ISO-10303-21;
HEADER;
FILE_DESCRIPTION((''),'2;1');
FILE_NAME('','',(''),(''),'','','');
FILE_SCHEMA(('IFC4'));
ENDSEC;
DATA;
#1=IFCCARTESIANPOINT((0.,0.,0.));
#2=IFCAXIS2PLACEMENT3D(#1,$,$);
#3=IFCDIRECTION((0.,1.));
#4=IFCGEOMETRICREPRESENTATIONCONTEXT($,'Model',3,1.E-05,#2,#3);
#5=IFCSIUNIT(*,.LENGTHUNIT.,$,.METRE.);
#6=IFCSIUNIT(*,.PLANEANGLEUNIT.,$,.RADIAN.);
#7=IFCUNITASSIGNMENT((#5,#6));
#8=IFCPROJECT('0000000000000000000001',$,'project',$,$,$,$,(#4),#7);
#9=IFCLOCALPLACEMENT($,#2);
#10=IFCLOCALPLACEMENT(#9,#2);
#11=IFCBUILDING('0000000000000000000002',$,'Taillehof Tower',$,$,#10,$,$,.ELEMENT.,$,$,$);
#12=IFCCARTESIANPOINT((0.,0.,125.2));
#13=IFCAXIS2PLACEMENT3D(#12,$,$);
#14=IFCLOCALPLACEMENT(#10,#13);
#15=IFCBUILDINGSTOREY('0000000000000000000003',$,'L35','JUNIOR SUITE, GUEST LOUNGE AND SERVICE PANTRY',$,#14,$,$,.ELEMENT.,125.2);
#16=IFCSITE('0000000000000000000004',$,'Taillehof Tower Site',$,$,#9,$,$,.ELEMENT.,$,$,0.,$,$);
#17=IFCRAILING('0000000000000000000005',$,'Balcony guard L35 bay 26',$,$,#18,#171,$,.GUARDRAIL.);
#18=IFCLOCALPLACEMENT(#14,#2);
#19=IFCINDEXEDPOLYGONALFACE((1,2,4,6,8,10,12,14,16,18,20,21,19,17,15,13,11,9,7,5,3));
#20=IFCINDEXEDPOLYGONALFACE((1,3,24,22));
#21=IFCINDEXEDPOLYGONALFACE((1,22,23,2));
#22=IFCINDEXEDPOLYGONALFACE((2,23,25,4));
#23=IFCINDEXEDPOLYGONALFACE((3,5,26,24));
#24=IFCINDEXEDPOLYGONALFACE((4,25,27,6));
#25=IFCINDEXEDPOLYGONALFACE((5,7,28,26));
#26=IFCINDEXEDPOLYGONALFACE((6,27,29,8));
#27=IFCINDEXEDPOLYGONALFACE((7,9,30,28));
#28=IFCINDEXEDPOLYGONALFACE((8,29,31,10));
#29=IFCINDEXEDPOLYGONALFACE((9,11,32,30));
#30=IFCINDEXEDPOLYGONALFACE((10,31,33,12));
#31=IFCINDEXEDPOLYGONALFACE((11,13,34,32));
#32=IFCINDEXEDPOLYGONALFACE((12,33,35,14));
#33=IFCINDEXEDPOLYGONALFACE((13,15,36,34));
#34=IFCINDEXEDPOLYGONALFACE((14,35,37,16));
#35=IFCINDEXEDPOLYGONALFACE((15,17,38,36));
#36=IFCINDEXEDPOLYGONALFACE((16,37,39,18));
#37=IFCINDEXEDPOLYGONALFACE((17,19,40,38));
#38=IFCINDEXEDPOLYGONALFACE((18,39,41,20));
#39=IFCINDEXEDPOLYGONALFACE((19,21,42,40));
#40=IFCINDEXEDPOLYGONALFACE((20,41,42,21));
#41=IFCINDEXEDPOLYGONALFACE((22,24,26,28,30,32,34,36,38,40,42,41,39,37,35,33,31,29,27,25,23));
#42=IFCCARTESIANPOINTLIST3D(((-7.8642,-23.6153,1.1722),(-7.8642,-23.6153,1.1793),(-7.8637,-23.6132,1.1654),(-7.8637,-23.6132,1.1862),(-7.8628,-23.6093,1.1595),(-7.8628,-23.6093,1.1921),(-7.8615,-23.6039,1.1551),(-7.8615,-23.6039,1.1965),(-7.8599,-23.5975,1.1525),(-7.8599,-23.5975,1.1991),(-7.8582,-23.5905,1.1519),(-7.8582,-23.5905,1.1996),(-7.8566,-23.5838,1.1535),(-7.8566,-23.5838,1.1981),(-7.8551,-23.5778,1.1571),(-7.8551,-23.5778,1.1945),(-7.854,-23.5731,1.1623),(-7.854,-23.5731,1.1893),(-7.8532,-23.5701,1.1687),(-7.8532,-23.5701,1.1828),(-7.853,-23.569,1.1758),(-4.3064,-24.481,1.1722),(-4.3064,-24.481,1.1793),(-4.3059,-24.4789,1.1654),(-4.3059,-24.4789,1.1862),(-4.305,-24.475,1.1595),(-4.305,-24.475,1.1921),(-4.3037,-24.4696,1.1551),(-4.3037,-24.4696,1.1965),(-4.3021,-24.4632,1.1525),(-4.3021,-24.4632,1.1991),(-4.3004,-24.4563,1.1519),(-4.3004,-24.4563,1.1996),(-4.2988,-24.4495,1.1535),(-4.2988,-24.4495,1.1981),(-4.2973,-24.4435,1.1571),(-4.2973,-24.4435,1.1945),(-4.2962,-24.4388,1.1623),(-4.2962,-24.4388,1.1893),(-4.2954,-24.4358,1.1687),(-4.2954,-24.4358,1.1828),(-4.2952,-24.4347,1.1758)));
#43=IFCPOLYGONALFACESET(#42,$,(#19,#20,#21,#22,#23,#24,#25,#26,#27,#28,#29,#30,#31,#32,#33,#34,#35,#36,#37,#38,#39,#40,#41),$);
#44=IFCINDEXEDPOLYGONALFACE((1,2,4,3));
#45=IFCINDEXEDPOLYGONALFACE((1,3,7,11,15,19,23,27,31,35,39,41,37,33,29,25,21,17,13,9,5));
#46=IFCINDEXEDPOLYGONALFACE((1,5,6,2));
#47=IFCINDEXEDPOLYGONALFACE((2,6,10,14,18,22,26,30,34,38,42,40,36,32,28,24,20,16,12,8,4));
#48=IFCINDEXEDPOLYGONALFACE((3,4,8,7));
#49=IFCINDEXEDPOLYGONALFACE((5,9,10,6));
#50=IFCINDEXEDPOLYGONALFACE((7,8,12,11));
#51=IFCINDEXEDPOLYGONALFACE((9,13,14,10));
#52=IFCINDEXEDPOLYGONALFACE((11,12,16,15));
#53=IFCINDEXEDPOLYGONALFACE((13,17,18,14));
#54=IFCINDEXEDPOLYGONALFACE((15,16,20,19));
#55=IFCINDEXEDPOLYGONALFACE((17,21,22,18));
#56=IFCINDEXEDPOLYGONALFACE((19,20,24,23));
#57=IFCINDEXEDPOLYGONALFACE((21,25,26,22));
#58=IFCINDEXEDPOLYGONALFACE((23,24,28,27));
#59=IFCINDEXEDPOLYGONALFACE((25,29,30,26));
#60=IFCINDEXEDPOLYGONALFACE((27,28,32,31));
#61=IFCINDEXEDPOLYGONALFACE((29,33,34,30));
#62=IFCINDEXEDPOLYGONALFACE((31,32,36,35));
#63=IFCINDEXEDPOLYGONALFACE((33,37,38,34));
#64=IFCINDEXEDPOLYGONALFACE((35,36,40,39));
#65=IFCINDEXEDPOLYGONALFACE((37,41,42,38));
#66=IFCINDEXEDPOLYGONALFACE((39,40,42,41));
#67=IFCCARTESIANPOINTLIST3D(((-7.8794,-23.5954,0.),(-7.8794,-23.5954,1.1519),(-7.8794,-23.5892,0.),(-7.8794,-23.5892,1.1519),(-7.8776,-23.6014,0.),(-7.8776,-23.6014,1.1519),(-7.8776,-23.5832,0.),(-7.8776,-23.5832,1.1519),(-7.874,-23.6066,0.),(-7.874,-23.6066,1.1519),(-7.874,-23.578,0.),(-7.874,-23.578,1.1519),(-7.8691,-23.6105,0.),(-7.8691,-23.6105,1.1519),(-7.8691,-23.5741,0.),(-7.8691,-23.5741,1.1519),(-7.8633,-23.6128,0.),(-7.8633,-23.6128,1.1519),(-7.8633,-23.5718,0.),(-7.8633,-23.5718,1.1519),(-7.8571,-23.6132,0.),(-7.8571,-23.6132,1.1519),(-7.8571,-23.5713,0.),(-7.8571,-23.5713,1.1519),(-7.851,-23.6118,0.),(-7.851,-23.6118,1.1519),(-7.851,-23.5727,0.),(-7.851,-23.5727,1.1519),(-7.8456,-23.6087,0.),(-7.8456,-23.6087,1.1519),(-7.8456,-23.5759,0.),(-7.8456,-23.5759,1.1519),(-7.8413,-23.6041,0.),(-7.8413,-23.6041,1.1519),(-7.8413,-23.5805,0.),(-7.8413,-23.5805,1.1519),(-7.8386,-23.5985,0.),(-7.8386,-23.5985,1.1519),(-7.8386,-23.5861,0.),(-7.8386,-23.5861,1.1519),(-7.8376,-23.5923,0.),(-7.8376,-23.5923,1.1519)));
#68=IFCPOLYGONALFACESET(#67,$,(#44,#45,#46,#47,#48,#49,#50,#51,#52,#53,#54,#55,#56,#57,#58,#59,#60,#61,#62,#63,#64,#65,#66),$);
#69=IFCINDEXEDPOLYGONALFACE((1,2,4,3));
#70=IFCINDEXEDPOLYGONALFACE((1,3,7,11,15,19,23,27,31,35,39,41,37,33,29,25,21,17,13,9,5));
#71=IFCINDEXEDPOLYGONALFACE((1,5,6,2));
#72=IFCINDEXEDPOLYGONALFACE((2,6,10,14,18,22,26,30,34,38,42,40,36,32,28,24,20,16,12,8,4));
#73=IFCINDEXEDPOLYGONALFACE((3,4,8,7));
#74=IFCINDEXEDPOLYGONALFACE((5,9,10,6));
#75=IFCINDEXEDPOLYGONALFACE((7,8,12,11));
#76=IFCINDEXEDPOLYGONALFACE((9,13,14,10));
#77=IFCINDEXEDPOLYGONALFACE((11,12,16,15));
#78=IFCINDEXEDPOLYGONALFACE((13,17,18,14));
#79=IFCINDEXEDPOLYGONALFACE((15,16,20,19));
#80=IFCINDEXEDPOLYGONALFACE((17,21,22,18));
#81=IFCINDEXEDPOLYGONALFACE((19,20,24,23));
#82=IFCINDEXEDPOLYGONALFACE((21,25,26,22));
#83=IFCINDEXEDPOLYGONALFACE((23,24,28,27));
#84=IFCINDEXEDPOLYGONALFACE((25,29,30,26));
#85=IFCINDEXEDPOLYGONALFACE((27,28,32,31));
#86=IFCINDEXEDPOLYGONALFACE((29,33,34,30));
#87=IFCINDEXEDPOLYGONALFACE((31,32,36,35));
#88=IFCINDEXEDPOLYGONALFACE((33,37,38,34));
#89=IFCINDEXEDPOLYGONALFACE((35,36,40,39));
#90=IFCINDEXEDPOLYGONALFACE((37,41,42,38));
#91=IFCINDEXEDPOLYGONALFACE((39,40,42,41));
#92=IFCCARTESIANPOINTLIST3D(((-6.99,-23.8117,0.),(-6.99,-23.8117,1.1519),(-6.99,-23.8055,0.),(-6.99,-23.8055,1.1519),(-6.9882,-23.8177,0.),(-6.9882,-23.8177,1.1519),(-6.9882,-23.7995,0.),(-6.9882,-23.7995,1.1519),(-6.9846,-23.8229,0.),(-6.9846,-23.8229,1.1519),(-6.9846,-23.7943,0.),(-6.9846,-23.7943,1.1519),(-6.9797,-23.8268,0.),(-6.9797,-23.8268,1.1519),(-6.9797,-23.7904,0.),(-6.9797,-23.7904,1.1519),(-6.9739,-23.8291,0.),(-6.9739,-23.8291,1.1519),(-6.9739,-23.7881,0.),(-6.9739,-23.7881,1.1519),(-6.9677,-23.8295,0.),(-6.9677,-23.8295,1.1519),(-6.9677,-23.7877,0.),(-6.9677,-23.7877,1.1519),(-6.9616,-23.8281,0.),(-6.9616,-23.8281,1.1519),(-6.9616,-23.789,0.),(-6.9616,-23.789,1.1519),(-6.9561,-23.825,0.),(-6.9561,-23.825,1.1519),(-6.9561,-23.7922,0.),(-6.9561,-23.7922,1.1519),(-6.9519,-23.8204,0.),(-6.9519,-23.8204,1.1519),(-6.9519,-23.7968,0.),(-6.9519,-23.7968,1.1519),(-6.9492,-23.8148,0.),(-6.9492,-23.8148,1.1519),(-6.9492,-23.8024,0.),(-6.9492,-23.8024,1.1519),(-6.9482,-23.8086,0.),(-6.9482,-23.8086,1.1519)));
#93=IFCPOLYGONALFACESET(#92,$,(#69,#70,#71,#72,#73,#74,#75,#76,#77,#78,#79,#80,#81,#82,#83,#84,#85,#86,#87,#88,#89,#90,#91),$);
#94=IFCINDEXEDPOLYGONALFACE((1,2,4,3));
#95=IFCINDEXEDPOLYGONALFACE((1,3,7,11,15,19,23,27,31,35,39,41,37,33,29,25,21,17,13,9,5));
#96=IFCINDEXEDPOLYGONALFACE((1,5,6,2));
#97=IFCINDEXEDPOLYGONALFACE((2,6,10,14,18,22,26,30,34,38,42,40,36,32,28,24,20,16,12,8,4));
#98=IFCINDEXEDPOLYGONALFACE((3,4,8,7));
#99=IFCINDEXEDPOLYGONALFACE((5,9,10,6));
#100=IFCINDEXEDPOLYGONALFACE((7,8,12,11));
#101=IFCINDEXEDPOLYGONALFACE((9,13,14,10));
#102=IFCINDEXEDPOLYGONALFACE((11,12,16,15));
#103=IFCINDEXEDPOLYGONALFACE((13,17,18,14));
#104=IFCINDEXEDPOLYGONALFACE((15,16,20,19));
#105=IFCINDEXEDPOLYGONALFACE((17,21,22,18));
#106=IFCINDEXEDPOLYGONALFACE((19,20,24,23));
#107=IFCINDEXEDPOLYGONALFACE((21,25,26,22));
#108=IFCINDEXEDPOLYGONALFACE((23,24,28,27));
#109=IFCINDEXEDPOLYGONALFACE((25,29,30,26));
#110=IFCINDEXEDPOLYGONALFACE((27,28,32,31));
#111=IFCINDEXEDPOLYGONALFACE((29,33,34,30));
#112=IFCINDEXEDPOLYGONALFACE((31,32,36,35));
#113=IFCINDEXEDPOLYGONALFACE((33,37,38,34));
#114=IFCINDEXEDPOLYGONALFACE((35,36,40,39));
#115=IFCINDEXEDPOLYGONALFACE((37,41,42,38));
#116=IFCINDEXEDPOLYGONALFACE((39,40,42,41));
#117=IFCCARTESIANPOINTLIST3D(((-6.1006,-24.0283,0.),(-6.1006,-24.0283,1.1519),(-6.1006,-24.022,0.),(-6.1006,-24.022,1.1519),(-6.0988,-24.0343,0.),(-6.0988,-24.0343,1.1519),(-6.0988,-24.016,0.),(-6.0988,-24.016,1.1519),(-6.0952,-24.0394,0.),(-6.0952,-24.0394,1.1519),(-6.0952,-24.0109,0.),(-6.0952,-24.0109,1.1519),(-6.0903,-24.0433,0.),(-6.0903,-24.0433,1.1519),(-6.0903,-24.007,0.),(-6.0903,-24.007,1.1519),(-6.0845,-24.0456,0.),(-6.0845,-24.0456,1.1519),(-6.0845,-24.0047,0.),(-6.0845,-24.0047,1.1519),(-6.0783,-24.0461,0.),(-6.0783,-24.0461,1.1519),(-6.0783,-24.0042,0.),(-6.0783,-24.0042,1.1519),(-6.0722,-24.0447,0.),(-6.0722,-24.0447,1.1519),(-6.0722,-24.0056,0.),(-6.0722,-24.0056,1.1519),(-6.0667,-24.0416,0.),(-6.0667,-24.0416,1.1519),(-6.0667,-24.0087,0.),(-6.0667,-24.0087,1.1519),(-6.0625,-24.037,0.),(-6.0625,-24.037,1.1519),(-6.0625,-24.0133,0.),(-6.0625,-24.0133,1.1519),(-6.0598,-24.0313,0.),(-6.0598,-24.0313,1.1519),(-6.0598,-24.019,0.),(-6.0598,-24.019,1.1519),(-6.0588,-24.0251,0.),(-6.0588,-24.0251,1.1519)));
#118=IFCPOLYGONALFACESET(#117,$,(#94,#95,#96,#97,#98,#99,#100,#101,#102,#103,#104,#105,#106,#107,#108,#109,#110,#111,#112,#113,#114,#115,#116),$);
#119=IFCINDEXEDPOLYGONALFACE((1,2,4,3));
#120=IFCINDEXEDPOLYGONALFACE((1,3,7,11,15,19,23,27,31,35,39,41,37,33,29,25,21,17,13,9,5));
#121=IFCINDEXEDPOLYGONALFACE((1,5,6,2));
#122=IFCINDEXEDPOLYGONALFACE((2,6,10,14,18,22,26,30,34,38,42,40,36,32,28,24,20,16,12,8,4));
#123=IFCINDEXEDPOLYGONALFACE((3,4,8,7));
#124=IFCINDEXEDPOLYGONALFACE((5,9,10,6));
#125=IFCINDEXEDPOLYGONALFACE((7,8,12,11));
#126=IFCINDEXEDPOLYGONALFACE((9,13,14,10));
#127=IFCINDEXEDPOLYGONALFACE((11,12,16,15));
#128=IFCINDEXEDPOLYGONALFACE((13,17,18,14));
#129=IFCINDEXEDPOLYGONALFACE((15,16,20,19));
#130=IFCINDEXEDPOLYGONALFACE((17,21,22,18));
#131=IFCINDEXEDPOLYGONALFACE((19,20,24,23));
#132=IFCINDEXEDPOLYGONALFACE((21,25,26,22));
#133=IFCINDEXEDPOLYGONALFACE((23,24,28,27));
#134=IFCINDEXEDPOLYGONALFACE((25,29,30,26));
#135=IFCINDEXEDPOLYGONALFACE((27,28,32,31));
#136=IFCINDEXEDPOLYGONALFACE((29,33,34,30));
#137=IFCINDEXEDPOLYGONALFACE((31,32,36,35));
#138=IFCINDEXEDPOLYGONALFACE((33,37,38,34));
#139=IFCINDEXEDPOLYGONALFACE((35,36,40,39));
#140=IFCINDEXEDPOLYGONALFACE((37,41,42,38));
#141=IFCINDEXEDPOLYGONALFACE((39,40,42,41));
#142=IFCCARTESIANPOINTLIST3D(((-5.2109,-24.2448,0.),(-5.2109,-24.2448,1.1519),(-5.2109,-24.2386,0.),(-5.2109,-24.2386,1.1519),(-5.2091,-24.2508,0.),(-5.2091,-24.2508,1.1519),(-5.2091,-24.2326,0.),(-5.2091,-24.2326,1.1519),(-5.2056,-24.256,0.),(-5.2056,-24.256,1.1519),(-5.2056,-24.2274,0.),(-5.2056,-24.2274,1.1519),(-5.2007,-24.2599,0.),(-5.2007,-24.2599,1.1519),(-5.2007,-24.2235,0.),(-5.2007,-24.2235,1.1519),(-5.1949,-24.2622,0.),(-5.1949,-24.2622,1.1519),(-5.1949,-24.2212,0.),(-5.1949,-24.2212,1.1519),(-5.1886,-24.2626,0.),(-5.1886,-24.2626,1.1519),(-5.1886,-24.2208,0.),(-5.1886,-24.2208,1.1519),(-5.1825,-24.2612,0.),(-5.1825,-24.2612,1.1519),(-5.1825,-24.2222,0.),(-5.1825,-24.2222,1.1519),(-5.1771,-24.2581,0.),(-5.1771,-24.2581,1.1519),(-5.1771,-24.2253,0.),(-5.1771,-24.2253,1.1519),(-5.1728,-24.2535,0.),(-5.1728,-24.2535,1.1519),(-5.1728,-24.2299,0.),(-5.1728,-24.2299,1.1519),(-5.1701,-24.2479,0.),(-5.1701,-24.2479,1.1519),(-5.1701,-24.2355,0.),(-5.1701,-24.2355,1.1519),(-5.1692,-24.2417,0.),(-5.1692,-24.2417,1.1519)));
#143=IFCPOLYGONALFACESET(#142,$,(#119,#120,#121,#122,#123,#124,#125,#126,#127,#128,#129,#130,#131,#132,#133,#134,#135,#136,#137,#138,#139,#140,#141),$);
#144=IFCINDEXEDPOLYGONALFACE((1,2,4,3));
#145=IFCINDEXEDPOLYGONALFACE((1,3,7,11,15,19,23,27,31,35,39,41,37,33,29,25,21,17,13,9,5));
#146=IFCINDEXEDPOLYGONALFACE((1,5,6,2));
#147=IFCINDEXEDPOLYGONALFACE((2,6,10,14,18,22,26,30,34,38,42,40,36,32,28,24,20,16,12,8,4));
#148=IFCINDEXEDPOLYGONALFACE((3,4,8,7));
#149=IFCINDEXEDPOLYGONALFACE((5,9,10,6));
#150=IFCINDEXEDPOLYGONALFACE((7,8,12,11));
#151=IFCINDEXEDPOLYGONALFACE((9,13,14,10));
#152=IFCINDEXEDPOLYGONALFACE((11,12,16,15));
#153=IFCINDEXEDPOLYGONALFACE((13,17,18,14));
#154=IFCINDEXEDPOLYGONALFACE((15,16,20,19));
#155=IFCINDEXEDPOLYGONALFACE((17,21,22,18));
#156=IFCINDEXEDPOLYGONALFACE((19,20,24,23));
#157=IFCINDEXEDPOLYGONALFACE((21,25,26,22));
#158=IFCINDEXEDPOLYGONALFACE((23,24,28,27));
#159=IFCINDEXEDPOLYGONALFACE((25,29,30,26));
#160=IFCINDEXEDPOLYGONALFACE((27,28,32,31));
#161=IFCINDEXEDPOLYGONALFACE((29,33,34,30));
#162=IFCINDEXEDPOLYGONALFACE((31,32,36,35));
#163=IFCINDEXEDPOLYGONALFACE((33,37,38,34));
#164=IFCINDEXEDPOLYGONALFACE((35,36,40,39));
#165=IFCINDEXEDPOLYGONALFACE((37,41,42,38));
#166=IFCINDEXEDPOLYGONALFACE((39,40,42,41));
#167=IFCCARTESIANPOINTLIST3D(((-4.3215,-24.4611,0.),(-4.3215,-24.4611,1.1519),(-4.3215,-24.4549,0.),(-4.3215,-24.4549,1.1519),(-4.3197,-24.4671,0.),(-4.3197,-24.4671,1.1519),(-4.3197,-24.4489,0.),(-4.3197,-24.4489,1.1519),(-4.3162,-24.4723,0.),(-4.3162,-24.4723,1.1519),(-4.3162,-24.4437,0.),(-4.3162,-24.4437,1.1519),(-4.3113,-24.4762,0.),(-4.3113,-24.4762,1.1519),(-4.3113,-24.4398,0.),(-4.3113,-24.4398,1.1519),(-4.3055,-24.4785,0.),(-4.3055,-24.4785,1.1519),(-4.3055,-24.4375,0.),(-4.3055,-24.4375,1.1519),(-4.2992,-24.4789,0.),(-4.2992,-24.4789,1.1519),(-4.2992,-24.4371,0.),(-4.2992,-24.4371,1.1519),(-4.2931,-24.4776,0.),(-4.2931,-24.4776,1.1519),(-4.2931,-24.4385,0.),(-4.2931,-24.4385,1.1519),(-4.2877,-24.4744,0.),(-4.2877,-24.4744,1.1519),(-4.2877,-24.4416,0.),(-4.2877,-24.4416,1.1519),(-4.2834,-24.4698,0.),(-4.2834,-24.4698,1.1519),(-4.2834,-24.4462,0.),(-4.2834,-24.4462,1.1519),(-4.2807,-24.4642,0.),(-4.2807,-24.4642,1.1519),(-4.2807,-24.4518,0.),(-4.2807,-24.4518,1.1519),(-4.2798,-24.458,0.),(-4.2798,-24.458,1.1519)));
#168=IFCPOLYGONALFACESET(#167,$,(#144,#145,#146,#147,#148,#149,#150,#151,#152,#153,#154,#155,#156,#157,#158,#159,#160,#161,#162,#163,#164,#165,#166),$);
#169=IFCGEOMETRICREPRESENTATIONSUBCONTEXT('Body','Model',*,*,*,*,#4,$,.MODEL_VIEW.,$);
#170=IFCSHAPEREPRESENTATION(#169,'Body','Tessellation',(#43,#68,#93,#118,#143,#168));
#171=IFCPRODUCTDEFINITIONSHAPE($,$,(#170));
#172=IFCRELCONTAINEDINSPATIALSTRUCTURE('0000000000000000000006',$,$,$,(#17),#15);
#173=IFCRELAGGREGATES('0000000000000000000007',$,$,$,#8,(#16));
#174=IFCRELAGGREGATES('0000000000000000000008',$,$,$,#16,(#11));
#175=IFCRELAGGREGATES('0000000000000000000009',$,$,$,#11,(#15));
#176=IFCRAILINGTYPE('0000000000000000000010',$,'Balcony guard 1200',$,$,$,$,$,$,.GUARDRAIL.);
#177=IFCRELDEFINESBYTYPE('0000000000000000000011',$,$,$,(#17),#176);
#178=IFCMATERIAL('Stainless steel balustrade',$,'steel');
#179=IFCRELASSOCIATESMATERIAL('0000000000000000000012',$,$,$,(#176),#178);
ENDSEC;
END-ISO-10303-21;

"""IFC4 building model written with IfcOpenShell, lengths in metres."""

from ifc_helpers import new_model, si_unit, direction, frame, origin, origin_2d, place, context, subcontext, project, spatial, circle, extrude, material, type_object, element, save


model = new_model("IFC4")

# Units and contexts
model_context = context("Model", 3, precision=1e-05, world=origin(), true_north=direction((0.0, 1.0)))
body_context = subcontext(model_context, "Body", "Model", "MODEL_VIEW")
ifc_project = project(units=[si_unit("LENGTHUNIT", "METRE"), si_unit("PLANEANGLEUNIT", "RADIAN")], contexts=[model_context])

# Site, building, storey
site_placement = place(None, origin())
site = spatial("IfcSite", under=ifc_project, at=site_placement, Name="Taillehof Tower Site", CompositionType="ELEMENT", RefElevation=0.0)
building_placement = place(site_placement, origin())
building = spatial("IfcBuilding", under=site, at=building_placement, Name="Taillehof Tower", CompositionType="ELEMENT")
storey_placement = place(building_placement, frame((0.0, 0.0, 125.2)))
storey = spatial("IfcBuildingStorey", under=building, at=storey_placement, Name="L35", Description="JUNIOR SUITE, GUEST LOUNGE AND SERVICE PANTRY", CompositionType="ELEMENT", Elevation=125.2)

# Railing
ifc_material_1 = material(Name="Stainless steel balustrade", Category="steel")
railing_type = type_object("IfcRailingType", Name="Balcony guard 1200", PredefinedType="GUARDRAIL", material=ifc_material_1)
railing_1_placement = place(storey_placement, frame((-7.8586, -23.5923, 0.0)))
element("IfcRailing", 1, at=railing_1_placement, inside=storey, type_object=railing_type, Name="Balcony guard L35 bay 26", PredefinedType="GUARDRAIL", context=body_context, shape_type="SweptSolid", body=[
    extrude(circle(Radius=0.0239, at=origin_2d()), frame((0.0, 0.0, 1.1758), z_axis=(0.971649, -0.236428, 0.0), x_axis=(0.236428, 0.971649, 0.0)), (0.0, 0.0, 1.0), 3.6616),
    extrude(circle(Radius=0.021, at=origin_2d()), origin(), (0.0, 0.0, 1.0), 1.1519),
    extrude(circle(Radius=0.021, at=origin_2d()), frame((0.8894, -0.2163, 0.0)), (0.0, 0.0, 1.0), 1.1519),
    extrude(circle(Radius=0.021, at=origin_2d()), frame((1.7788, -0.4329, 0.0)), (0.0, 0.0, 1.0), 1.1519),
    extrude(circle(Radius=0.021, at=origin_2d()), frame((2.6685, -0.6494, 0.0)), (0.0, 0.0, 1.0), 1.1519),
    extrude(circle(Radius=0.021, at=origin_2d()), frame((3.5579, -0.8657, 0.0)), (0.0, 0.0, 1.0), 1.1519),
])

save(model, "model.ifc")
